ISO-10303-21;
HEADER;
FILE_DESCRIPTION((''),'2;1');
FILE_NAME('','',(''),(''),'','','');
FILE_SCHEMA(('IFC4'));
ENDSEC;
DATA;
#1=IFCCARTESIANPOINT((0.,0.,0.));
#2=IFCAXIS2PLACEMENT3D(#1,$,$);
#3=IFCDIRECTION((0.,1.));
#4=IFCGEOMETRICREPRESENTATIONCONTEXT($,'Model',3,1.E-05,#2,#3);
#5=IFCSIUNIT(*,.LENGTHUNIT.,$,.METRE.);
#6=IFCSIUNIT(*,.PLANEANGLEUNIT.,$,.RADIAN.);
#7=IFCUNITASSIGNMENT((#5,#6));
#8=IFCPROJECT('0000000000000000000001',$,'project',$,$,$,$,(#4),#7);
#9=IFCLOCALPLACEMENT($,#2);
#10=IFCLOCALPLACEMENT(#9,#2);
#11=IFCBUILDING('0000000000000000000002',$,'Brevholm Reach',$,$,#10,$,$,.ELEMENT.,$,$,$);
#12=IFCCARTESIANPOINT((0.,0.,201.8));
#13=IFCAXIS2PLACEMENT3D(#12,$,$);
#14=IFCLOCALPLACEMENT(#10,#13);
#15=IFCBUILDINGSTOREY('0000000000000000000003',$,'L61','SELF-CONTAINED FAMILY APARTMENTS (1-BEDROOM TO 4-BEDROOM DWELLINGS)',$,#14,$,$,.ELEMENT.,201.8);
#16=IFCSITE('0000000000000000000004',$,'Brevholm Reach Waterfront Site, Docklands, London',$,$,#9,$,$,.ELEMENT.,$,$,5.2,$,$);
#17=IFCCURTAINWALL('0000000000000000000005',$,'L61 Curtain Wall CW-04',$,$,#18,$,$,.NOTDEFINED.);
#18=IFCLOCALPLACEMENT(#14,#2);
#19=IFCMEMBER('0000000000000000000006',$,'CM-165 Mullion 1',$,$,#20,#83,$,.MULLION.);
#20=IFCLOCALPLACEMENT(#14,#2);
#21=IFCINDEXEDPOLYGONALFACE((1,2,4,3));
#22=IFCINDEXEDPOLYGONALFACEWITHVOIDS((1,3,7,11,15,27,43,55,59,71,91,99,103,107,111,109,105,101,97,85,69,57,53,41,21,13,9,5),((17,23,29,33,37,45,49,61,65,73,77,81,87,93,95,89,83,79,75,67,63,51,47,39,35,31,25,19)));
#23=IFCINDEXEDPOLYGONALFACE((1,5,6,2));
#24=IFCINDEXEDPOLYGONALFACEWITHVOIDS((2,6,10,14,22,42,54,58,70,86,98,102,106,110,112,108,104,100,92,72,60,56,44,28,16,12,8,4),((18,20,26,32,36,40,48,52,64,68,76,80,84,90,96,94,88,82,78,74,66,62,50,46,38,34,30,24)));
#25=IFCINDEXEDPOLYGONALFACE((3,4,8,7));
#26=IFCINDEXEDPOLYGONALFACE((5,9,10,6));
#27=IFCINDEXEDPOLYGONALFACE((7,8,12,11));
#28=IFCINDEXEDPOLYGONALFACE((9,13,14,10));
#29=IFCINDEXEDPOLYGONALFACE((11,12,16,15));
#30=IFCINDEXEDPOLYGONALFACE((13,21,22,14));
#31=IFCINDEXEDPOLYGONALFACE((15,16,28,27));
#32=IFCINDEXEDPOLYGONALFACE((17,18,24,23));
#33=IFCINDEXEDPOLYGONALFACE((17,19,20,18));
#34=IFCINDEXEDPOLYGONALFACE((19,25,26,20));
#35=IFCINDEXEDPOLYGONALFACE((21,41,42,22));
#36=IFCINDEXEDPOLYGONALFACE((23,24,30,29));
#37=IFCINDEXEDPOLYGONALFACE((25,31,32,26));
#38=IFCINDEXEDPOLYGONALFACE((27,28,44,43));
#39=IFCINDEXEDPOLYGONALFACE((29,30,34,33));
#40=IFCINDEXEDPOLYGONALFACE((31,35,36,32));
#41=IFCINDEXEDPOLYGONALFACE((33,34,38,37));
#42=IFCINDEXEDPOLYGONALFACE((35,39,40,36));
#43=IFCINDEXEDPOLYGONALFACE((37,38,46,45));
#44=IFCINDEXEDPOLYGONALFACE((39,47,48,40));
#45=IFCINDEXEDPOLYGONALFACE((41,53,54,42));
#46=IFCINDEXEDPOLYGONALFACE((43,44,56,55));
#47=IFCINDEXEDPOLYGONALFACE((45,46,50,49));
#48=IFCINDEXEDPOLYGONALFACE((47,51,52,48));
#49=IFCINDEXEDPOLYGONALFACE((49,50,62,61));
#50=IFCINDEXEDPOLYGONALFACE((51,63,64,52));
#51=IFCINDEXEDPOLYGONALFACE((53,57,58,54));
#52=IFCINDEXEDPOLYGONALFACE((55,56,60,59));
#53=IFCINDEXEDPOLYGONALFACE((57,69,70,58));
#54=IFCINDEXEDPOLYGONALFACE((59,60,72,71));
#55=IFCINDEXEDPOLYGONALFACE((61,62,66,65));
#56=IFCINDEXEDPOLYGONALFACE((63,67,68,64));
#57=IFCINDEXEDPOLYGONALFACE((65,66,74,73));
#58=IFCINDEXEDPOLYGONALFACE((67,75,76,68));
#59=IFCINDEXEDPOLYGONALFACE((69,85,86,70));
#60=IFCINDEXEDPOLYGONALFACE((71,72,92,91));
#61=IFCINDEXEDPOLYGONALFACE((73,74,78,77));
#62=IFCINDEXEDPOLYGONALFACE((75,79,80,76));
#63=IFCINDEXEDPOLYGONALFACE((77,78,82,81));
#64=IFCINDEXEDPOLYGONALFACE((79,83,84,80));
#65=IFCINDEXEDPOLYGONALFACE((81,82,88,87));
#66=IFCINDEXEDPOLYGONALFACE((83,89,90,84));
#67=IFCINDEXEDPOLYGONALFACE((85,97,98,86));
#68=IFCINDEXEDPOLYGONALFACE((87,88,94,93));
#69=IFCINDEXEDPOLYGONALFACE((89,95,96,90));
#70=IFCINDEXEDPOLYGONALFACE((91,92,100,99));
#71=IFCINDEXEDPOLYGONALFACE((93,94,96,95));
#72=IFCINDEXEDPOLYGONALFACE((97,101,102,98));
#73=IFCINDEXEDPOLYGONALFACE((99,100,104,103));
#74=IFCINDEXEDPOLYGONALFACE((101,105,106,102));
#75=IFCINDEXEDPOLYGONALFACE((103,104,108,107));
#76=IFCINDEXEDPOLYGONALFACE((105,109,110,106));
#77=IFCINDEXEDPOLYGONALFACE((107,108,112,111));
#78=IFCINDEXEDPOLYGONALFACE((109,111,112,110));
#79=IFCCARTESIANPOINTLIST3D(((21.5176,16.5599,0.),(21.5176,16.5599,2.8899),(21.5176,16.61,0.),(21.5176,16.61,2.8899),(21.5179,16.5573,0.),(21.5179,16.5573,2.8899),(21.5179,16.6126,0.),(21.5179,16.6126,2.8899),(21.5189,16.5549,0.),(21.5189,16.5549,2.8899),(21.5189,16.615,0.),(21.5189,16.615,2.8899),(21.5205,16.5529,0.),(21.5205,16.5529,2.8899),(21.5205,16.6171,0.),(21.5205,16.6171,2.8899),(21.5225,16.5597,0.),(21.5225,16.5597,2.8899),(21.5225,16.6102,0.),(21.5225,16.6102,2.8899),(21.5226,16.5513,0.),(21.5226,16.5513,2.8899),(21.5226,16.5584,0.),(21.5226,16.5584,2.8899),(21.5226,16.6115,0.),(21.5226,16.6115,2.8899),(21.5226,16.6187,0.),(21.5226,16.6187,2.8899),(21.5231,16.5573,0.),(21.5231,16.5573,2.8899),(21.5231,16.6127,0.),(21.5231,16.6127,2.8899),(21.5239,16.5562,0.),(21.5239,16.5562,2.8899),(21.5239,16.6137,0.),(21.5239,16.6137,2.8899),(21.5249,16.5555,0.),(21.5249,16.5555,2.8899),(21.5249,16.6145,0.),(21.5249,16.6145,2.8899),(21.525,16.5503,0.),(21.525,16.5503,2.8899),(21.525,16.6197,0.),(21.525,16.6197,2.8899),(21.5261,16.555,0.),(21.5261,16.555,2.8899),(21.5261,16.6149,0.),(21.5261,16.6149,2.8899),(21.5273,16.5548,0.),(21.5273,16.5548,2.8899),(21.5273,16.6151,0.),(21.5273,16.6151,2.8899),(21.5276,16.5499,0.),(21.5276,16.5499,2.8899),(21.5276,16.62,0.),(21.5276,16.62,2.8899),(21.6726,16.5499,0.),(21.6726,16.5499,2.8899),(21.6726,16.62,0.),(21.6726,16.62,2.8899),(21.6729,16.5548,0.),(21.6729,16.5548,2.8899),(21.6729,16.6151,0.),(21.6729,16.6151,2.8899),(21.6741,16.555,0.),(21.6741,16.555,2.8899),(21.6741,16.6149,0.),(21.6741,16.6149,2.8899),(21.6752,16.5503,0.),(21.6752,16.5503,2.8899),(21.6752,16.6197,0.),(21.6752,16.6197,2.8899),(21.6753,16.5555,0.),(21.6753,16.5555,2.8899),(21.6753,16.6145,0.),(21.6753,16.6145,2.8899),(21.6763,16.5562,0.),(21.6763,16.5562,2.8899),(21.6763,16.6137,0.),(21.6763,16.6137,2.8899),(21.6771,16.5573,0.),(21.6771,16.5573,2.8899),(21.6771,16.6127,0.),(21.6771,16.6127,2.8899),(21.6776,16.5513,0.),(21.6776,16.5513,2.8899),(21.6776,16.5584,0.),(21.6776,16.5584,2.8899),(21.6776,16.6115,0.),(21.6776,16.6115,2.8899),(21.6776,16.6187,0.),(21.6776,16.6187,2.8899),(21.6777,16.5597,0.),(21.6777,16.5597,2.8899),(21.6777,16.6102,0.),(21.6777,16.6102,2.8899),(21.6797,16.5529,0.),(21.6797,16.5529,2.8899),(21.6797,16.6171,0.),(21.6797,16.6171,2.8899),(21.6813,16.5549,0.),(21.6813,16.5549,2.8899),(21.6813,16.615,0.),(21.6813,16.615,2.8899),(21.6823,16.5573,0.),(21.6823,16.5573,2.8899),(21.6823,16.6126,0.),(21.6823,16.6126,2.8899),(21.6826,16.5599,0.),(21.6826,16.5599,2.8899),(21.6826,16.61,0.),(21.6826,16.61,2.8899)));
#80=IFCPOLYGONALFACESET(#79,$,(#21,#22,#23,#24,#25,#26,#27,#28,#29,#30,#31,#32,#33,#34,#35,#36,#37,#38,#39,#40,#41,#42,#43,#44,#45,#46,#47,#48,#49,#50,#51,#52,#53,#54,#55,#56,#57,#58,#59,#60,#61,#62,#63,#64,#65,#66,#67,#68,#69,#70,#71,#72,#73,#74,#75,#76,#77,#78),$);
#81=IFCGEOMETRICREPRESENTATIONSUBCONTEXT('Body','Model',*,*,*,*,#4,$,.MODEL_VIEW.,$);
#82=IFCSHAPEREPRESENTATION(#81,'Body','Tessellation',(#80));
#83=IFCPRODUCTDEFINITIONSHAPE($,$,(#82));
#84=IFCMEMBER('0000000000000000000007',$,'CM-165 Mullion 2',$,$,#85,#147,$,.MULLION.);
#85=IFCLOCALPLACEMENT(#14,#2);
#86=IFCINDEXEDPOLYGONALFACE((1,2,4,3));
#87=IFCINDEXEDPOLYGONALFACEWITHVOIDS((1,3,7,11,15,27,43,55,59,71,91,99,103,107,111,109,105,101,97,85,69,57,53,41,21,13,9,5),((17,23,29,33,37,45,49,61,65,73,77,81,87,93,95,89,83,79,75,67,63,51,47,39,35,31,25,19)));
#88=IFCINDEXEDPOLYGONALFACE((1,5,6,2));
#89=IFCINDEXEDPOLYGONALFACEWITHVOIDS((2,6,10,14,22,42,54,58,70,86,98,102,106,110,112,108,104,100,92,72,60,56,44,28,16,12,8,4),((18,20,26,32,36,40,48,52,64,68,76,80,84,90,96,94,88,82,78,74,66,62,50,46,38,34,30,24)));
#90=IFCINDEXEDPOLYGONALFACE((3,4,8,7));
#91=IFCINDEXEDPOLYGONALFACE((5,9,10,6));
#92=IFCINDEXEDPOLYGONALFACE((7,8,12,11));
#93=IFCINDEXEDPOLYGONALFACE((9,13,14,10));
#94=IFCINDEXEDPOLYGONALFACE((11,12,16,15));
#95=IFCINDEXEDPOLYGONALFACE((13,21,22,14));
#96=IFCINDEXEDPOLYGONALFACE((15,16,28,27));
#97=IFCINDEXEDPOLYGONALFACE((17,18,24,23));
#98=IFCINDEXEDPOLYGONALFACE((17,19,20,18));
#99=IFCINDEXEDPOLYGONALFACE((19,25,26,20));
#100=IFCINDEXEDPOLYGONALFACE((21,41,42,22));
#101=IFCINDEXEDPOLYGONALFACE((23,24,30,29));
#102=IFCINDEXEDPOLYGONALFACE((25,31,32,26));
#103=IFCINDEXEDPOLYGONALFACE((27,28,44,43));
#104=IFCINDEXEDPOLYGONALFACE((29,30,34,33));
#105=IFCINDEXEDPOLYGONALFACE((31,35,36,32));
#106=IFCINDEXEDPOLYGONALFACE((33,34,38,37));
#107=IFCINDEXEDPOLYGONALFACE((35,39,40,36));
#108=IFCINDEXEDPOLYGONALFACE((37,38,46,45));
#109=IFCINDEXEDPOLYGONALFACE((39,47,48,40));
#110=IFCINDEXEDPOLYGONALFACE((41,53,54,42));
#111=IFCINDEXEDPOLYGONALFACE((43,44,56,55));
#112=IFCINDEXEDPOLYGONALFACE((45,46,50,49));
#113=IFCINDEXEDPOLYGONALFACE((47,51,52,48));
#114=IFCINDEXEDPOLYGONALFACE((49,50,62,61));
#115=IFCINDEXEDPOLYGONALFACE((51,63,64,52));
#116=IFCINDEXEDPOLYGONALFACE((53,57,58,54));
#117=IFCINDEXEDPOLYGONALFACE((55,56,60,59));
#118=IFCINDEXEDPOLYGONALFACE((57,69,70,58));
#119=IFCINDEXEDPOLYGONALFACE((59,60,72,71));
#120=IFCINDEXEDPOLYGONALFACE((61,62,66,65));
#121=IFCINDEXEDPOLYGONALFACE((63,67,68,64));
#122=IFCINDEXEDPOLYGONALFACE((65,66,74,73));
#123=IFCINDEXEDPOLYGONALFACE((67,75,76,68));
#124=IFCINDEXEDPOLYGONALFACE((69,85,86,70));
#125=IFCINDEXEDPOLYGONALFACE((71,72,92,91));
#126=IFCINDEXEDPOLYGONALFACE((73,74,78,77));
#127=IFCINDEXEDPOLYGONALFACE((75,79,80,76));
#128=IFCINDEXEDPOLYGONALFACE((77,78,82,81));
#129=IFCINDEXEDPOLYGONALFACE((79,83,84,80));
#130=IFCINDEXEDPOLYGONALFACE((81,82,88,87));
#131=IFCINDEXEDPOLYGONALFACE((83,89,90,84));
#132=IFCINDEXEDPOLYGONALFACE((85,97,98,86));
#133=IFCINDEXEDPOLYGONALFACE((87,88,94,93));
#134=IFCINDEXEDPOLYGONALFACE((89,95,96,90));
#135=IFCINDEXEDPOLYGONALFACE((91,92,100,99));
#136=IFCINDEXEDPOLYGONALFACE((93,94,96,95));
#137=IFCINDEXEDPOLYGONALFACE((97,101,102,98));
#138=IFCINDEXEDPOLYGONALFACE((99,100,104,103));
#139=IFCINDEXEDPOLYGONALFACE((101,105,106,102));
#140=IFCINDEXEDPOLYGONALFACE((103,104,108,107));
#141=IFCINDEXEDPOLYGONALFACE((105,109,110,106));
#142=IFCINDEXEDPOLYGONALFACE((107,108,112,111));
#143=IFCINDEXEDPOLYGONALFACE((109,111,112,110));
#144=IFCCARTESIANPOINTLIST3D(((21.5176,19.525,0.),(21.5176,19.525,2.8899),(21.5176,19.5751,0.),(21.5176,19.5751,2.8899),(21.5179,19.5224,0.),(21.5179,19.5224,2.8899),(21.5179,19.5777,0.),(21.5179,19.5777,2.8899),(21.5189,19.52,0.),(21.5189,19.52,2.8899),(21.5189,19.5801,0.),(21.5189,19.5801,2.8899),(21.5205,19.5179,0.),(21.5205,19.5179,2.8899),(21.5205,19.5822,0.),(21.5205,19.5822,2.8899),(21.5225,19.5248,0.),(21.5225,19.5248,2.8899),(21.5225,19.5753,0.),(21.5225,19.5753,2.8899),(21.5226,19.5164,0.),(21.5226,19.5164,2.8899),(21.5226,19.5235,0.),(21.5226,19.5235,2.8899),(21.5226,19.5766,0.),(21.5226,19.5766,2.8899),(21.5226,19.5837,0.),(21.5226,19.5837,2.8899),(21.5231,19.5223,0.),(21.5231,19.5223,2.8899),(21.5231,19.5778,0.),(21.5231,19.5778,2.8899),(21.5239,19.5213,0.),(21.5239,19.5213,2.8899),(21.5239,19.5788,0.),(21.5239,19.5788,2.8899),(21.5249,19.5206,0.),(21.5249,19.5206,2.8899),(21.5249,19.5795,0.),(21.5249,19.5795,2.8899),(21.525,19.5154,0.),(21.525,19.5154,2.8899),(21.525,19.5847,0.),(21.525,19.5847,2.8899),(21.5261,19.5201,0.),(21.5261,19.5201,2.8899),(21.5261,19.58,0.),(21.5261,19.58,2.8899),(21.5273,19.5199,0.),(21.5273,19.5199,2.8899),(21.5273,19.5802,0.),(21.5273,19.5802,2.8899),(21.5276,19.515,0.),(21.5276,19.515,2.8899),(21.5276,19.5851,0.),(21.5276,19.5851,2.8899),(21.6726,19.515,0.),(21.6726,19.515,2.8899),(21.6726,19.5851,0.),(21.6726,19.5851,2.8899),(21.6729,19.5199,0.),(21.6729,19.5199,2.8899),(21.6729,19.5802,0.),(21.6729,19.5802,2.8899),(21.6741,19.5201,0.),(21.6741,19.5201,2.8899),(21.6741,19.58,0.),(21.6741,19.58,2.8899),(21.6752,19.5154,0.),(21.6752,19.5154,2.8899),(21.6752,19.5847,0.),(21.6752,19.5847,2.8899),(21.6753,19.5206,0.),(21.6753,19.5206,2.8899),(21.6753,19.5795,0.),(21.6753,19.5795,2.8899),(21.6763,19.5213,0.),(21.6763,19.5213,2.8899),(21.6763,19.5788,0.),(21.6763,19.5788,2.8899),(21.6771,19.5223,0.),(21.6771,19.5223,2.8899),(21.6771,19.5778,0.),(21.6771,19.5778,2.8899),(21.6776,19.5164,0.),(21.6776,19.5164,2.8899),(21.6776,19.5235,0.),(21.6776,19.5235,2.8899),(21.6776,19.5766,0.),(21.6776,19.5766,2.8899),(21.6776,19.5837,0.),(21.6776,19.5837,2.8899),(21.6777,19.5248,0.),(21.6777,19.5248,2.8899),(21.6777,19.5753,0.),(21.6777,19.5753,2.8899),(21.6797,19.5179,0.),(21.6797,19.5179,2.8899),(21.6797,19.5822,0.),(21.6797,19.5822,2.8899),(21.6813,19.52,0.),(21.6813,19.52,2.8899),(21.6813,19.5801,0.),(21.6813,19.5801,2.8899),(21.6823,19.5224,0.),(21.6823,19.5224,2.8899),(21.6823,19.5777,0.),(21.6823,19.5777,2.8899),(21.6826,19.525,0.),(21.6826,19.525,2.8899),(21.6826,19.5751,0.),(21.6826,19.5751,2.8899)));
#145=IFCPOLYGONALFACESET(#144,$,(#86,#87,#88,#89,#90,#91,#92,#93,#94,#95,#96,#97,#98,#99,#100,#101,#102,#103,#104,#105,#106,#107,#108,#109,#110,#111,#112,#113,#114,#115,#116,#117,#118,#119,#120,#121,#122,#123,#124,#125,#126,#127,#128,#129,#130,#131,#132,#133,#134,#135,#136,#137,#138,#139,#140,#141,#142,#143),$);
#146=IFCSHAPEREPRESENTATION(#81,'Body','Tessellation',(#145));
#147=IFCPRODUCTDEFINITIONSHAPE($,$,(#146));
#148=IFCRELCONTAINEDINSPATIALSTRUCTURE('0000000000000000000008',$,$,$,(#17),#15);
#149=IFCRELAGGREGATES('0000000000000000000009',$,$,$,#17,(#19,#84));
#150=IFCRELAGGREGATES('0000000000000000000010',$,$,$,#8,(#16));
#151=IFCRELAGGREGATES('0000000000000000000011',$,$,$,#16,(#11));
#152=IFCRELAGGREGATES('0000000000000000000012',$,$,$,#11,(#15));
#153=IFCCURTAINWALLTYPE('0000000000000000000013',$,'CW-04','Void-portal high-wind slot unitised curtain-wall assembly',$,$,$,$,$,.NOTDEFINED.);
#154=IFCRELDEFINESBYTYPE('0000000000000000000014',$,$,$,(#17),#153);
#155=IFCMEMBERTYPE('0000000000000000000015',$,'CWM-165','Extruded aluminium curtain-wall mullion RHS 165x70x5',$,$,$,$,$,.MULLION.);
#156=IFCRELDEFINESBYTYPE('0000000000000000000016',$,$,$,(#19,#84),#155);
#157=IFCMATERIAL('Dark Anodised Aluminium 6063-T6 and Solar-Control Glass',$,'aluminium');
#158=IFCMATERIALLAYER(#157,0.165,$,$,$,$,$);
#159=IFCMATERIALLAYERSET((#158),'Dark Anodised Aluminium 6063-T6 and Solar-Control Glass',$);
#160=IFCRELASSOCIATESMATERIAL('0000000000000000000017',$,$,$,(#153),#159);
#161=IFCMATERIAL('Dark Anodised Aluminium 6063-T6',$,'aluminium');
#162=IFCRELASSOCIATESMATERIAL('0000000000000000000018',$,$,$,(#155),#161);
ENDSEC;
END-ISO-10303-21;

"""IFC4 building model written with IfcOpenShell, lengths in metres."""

from ifc_helpers import new_model, si_unit, direction, frame, origin, origin_2d, place, context, subcontext, project, spatial, hollow_rectangle, extrude, material, layer, layer_set, material_profile, profile_set, type_object, element, aggregate, save


model = new_model("IFC4")

# Units and contexts
model_context = context("Model", 3, precision=1e-05, world=origin(), true_north=direction((0.0, 1.0)))
body_context = subcontext(model_context, "Body", "Model", "MODEL_VIEW")
ifc_project = project(units=[si_unit("LENGTHUNIT", "METRE"), si_unit("PLANEANGLEUNIT", "RADIAN")], contexts=[model_context])

# Site, building, storey
site_placement = place(None, origin())
site = spatial("IfcSite", under=ifc_project, at=site_placement, Name="Brevholm Reach Waterfront Site, Docklands, London", CompositionType="ELEMENT", RefElevation=5.2)
building_placement = place(site_placement, origin())
building = spatial("IfcBuilding", under=site, at=building_placement, Name="Brevholm Reach", CompositionType="ELEMENT")
storey_placement = place(building_placement, frame((0.0, 0.0, 201.8)))
storey = spatial("IfcBuildingStorey", under=building, at=storey_placement, Name="L61", Description="SELF-CONTAINED FAMILY APARTMENTS (1-BEDROOM TO 4-BEDROOM DWELLINGS)", CompositionType="ELEMENT", Elevation=201.8)

# Curtain wall, members
ifc_material_1 = material(Name="Dark Anodised Aluminium 6063-T6 and Solar-Control Glass", Category="aluminium")
ifc_layer_1 = layer(ifc_material_1, 0.165)
ifc_layer_set_1 = layer_set([ifc_layer_1], Name="Dark Anodised Aluminium 6063-T6 and Solar-Control Glass")
curtain_wall_type = type_object("IfcCurtainWallType", Name="CW-04", Description="Void-portal high-wind slot unitised curtain-wall assembly", PredefinedType="NOTDEFINED", material=ifc_layer_set_1)
curtain_wall_placement = place(storey_placement, origin())
curtain_wall = element("IfcCurtainWall", 1, at=curtain_wall_placement, inside=storey, type_object=curtain_wall_type, Name="L61 Curtain Wall CW-04", PredefinedType="NOTDEFINED")
ifc_material_2 = material(Name="Dark Anodised Aluminium 6063-T6", Category="aluminium")
ifc_material_profile_1 = material_profile(ifc_material_2, hollow_rectangle(XDim=0.0701, YDim=0.165, WallThickness=0.0049, InnerFilletRadius=0.0049, OuterFilletRadius=0.01, at=origin_2d()), Name="RHS 165x70x5")
ifc_profile_set_1 = profile_set([ifc_material_profile_1], Name="Dark Anodised Aluminium 6063-T6")
member_type_1 = type_object("IfcMemberType", Name="CWM-165", Description="Extruded aluminium curtain-wall mullion RHS 165x70x5", PredefinedType="MULLION", material=ifc_profile_set_1)
member_1_placement = place(storey_placement, frame((21.6001, 16.585, 0.0), z_axis=(0.0, 0.0, 1.0), x_axis=(0.0, 1.0, 0.0)))
member_1 = element("IfcMember", 2, at=member_1_placement, type_object=member_type_1, Name="CM-165 Mullion 1", PredefinedType="MULLION", context=body_context, shape_type="SweptSolid", body=[
    extrude(hollow_rectangle(XDim=0.0701, YDim=0.165, WallThickness=0.0049, InnerFilletRadius=0.0049, OuterFilletRadius=0.01, at=origin_2d()), origin(), (0.0, 0.0, 1.0), 2.8899),
])
member_2_placement = place(storey_placement, frame((21.6001, 19.55, 0.0), z_axis=(0.0, 0.0, 1.0), x_axis=(0.0, 1.0, 0.0)))
member_2 = element("IfcMember", 3, at=member_2_placement, type_object=member_type_1, Name="CM-165 Mullion 2", PredefinedType="MULLION", context=body_context, shape_type="SweptSolid", body=[
    extrude(hollow_rectangle(XDim=0.0701, YDim=0.165, WallThickness=0.0049, InnerFilletRadius=0.0049, OuterFilletRadius=0.01, at=origin_2d()), origin(), (0.0, 0.0, 1.0), 2.8899),
])
aggregate(curtain_wall, [member_1, member_2])

save(model, "model.ifc")
